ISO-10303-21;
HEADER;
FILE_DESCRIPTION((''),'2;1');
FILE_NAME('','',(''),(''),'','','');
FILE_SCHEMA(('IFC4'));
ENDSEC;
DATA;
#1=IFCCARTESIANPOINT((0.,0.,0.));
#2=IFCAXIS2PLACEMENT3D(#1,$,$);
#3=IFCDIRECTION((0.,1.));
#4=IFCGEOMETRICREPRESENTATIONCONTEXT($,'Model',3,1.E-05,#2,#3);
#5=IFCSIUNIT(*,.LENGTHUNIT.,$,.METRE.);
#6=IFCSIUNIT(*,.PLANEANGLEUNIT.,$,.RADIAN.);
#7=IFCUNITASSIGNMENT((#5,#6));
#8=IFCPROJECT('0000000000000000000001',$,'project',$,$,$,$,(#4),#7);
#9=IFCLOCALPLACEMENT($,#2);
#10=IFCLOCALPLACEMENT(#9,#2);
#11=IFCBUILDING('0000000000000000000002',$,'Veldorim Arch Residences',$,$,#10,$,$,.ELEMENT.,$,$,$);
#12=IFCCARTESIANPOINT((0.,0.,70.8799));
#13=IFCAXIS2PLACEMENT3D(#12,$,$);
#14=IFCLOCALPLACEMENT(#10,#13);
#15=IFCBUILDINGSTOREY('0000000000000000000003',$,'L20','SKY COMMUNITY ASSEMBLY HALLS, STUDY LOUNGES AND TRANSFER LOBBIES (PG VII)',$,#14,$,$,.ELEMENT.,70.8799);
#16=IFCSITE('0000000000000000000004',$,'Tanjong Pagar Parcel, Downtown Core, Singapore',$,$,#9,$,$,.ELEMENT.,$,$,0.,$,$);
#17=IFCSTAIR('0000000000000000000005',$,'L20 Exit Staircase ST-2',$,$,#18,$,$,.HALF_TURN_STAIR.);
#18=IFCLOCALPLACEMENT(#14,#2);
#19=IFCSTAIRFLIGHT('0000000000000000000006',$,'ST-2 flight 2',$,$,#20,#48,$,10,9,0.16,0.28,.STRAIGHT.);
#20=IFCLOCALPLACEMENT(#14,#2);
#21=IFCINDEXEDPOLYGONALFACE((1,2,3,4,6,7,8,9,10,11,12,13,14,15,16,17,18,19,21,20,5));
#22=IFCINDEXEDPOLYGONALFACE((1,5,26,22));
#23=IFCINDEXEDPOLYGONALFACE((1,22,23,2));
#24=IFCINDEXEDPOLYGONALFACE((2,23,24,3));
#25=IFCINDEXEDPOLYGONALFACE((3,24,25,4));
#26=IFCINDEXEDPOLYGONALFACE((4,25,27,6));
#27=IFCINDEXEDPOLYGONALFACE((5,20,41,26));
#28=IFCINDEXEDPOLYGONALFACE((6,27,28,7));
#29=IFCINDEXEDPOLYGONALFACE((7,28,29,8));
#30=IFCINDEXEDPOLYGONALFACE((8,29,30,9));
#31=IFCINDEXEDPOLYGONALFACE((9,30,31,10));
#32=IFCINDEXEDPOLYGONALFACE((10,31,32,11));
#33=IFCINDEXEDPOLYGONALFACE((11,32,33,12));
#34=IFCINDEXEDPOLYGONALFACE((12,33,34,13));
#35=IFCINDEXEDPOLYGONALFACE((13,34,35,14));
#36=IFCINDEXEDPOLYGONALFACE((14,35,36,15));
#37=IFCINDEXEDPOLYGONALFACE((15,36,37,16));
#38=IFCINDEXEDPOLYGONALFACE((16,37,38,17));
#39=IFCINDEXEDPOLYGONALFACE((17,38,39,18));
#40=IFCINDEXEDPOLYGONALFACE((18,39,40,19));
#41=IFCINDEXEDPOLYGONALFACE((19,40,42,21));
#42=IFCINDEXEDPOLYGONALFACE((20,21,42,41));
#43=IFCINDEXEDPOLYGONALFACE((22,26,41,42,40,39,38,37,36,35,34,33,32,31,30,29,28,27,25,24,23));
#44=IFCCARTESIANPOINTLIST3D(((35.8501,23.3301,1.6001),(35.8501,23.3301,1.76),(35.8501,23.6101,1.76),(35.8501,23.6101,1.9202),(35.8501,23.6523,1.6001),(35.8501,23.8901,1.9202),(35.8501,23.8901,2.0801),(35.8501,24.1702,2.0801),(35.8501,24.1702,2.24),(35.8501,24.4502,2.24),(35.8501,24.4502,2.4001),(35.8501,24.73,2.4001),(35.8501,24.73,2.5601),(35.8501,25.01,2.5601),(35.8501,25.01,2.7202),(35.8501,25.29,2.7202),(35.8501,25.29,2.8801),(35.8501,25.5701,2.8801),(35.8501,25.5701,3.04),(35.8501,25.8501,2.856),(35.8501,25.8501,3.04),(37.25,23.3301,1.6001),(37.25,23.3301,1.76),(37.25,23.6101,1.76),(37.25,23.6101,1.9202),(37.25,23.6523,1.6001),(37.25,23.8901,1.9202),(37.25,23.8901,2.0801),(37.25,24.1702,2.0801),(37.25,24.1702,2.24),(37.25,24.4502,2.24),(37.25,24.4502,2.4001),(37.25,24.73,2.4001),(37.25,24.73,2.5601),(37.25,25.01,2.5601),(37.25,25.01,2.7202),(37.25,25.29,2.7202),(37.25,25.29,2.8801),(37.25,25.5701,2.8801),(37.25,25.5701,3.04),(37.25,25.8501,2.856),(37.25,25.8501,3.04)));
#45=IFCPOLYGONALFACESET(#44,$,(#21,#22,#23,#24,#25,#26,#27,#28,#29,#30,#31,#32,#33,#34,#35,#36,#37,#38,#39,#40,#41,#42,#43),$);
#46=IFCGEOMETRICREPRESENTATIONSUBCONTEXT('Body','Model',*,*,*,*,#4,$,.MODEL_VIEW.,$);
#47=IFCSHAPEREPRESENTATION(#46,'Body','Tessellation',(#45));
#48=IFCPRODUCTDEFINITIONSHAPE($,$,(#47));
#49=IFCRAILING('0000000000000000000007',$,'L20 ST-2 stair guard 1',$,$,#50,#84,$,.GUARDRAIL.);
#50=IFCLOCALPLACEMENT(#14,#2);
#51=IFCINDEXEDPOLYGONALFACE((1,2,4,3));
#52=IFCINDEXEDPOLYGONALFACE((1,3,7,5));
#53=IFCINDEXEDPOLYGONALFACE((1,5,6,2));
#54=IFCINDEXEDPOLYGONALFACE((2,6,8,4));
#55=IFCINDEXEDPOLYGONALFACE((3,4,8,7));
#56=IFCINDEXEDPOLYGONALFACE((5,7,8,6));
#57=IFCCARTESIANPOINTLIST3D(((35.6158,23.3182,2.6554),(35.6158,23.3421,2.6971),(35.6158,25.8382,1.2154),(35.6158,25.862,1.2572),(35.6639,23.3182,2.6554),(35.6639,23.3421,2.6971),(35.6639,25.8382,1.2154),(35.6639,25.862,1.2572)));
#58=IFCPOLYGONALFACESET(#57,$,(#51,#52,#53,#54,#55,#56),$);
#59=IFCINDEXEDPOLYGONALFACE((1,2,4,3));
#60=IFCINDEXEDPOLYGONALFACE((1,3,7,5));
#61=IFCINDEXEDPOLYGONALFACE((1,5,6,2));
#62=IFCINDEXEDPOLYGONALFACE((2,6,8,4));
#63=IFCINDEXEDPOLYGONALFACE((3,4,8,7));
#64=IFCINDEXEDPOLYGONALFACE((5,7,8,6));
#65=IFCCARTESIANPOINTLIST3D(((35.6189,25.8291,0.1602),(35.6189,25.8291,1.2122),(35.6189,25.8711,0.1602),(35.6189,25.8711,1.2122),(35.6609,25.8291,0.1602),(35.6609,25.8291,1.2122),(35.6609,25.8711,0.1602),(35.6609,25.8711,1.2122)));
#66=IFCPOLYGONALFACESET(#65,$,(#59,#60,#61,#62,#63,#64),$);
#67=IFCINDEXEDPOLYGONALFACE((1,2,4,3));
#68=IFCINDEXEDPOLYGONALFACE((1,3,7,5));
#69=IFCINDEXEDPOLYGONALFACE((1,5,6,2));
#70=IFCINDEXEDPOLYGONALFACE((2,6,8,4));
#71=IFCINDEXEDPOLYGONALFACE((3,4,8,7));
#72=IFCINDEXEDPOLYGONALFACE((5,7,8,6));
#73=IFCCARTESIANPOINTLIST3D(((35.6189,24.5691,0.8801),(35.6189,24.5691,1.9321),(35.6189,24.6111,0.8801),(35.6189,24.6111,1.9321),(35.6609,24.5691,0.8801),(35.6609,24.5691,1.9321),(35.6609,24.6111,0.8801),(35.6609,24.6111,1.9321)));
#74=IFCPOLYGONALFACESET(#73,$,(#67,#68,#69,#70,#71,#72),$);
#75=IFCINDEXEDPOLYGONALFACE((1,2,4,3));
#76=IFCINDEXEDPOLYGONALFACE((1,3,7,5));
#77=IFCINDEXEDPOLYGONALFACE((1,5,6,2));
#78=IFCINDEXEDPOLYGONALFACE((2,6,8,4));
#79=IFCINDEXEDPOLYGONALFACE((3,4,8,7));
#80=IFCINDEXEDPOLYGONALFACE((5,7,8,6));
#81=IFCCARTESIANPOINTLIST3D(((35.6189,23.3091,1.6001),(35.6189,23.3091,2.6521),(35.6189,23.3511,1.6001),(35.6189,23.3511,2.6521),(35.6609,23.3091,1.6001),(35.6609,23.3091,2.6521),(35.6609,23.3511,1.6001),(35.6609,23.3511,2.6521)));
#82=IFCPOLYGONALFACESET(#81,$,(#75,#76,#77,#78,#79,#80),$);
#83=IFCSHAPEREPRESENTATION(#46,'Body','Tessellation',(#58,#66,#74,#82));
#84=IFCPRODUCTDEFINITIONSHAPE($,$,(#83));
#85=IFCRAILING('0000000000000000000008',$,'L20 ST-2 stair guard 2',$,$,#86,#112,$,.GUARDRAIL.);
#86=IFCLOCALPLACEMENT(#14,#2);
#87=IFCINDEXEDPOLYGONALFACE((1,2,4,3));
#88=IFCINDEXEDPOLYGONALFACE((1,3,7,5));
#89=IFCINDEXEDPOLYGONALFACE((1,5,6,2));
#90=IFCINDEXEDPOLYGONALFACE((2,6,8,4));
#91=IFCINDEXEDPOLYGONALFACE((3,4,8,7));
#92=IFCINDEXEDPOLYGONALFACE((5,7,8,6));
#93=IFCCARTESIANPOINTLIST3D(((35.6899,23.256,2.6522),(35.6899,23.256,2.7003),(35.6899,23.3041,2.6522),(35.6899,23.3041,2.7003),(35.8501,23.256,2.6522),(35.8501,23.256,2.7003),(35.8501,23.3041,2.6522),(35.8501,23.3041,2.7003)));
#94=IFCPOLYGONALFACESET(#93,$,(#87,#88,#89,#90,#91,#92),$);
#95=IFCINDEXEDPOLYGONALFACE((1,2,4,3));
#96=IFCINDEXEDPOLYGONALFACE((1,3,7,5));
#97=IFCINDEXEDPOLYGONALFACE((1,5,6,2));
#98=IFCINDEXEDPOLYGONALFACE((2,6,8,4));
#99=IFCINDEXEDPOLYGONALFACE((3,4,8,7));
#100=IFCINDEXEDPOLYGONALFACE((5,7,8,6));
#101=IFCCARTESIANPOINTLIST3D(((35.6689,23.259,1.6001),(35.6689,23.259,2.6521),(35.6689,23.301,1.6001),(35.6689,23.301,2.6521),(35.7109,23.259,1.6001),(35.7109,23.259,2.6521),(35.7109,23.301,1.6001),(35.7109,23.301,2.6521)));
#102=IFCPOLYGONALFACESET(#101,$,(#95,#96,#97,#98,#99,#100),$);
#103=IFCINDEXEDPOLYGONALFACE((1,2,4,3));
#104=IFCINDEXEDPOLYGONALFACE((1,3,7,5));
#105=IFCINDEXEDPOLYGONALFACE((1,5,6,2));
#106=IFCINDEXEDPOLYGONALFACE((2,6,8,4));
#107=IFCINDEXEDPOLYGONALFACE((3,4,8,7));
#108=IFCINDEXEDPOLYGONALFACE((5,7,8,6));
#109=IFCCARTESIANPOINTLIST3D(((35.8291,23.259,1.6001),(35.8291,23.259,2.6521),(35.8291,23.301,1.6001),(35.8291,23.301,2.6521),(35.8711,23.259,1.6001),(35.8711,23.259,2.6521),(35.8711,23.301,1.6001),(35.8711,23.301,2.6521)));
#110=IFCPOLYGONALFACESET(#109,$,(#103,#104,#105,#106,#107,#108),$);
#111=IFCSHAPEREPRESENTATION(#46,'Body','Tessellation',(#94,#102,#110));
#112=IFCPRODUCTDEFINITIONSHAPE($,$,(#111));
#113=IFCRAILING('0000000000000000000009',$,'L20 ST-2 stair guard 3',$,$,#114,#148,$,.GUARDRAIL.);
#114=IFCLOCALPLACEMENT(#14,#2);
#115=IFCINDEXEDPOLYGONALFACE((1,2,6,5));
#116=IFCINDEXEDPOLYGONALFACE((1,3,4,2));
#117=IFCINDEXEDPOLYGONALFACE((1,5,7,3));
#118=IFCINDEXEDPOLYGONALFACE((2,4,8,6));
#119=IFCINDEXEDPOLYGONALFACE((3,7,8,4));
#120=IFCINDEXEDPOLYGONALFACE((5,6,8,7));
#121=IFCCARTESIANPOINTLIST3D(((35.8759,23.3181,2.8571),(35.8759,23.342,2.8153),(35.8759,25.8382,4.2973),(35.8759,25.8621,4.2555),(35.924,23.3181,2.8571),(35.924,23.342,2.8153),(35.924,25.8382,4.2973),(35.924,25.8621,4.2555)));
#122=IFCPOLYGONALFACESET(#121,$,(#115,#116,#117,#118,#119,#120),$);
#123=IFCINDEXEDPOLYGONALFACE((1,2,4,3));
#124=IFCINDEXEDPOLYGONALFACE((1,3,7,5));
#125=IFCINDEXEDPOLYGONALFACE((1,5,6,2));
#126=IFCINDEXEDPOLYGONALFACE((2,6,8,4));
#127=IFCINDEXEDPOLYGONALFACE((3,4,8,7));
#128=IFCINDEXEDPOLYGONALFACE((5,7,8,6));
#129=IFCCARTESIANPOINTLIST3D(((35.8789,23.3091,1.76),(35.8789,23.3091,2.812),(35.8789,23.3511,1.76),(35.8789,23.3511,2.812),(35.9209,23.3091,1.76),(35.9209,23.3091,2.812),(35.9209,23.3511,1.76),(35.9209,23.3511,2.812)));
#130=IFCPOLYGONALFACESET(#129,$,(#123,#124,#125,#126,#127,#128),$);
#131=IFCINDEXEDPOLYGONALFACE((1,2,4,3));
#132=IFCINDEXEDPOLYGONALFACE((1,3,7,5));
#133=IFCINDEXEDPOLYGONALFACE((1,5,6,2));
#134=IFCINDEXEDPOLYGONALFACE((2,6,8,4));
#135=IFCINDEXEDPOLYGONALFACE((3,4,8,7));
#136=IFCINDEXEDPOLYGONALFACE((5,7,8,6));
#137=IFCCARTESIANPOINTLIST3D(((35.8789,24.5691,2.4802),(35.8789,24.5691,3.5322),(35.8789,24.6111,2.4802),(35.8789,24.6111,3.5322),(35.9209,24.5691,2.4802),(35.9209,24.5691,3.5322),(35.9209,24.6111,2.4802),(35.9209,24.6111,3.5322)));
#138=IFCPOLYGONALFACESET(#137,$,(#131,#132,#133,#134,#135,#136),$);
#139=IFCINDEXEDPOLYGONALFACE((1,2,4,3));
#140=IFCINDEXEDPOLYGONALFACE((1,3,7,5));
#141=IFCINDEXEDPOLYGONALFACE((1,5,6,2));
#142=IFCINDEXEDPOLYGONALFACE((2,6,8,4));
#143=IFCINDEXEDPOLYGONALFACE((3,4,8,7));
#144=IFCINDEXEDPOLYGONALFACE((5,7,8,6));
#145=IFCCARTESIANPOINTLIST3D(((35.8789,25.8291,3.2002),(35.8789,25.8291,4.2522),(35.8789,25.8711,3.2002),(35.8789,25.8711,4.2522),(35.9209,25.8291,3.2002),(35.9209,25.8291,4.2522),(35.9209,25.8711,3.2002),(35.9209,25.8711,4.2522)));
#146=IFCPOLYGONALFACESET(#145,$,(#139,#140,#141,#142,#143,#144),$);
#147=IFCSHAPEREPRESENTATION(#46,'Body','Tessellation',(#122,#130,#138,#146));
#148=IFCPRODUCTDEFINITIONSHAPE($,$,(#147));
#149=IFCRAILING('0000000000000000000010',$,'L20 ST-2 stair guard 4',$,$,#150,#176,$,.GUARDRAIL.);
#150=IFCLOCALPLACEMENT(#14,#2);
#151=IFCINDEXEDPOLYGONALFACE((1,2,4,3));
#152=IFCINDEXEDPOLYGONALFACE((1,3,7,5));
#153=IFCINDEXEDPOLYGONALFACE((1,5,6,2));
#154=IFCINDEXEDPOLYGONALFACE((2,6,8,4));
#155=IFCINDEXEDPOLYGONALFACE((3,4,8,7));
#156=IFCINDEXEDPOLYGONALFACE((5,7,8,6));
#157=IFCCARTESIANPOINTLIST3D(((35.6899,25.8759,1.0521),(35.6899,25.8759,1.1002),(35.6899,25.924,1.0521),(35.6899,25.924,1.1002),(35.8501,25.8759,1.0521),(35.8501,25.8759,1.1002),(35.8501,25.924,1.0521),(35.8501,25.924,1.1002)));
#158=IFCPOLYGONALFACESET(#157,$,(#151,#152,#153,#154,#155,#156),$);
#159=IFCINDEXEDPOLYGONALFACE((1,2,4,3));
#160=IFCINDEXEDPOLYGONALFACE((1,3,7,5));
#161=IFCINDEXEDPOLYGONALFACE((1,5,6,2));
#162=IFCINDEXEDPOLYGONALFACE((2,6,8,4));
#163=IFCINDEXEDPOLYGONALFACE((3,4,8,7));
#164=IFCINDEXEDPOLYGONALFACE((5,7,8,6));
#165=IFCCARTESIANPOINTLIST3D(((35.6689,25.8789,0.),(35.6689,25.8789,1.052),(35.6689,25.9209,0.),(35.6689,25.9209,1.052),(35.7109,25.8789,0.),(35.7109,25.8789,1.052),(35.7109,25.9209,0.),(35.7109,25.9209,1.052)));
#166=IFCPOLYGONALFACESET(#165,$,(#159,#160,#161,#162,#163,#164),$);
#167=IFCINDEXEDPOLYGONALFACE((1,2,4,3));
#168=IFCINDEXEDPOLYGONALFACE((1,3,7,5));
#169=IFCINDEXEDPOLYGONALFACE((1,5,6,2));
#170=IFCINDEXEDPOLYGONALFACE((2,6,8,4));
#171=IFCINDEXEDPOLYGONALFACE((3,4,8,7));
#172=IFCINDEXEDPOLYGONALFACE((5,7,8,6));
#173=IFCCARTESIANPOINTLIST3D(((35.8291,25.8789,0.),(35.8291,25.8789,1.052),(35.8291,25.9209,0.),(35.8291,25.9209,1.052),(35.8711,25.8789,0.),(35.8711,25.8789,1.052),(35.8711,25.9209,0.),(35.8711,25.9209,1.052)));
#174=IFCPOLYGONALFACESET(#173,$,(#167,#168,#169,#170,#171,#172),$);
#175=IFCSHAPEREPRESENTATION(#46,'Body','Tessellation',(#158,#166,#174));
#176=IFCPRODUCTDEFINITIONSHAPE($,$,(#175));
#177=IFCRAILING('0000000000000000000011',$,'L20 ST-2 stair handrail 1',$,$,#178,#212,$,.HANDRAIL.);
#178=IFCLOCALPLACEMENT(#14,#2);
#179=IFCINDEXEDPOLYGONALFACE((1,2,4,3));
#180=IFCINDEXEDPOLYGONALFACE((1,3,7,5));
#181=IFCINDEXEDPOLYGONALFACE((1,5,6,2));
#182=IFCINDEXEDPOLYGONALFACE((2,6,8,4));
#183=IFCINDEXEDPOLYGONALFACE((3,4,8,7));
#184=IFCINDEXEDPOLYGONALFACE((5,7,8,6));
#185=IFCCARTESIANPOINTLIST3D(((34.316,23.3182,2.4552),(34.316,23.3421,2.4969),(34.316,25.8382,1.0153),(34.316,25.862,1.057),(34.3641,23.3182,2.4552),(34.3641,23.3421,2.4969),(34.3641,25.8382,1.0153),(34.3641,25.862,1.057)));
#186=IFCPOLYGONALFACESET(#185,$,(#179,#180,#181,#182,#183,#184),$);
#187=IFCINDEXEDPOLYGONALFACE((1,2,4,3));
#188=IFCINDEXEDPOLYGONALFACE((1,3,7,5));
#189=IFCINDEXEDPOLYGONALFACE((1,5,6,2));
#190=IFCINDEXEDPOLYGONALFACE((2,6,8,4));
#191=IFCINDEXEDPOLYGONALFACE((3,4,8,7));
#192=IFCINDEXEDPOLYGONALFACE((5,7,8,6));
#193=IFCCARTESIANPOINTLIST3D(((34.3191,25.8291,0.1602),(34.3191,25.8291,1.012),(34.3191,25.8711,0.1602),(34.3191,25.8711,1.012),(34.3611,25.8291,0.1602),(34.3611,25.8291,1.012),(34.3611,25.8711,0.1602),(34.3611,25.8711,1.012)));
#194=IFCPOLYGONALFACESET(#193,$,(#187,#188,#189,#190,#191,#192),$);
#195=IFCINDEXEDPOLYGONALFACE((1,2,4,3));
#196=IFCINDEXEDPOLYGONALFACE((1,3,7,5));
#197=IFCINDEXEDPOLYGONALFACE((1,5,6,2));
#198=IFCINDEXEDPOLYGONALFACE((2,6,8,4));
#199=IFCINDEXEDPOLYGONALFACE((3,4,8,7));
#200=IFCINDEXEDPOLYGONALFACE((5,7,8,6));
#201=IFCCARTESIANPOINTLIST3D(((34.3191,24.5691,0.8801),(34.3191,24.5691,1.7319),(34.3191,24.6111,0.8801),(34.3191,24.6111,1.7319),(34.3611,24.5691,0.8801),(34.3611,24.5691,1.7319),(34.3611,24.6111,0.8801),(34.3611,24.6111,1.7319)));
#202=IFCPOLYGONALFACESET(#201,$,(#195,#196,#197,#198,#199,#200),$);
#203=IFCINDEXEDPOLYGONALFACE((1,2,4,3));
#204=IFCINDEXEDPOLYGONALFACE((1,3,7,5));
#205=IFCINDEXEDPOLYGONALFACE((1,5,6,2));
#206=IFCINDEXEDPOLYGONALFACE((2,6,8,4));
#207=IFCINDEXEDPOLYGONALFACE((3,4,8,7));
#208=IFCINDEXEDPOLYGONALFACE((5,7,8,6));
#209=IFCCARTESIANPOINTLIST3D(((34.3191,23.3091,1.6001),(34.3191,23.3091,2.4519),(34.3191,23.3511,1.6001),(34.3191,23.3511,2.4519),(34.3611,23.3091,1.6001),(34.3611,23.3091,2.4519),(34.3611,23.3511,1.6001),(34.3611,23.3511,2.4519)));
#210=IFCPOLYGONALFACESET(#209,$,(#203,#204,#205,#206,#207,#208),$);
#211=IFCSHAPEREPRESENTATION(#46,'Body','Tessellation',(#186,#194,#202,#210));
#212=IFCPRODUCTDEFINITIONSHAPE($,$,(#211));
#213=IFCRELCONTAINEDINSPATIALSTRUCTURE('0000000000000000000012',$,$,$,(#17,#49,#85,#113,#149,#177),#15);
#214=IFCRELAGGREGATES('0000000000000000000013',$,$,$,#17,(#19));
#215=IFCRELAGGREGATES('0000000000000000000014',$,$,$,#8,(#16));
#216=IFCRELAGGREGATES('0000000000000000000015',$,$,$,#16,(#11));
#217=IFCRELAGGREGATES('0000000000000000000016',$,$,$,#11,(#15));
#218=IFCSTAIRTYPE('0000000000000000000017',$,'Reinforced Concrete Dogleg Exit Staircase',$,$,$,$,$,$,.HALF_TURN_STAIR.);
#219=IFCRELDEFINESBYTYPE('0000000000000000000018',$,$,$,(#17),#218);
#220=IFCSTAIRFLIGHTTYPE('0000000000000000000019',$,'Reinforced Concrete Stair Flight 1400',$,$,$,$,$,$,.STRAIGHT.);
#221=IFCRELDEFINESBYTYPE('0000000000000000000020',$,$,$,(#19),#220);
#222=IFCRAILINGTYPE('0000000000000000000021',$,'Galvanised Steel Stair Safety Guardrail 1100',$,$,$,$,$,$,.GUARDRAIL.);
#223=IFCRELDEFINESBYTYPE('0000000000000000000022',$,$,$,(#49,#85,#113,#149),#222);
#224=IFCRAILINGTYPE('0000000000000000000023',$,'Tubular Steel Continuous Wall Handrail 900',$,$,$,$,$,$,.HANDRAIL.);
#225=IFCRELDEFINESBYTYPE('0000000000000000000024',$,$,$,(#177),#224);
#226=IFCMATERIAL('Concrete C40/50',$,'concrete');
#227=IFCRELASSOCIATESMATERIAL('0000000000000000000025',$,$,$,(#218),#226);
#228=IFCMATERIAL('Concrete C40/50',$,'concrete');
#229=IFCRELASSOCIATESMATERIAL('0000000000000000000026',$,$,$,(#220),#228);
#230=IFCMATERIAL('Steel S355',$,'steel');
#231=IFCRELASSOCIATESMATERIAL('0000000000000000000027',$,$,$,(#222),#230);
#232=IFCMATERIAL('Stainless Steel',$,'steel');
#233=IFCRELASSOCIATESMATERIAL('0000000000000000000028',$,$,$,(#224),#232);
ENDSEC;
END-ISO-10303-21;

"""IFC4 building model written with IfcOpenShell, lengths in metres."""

from ifc_helpers import new_model, si_unit, direction, frame, origin, origin_2d, place, context, subcontext, project, spatial, polyline, rectangle, outline, extrude, material, type_object, element, aggregate, save


model = new_model("IFC4")

# Units and contexts
model_context = context("Model", 3, precision=1e-05, world=origin(), true_north=direction((0.0, 1.0)))
body_context = subcontext(model_context, "Body", "Model", "MODEL_VIEW")
ifc_project = project(units=[si_unit("LENGTHUNIT", "METRE"), si_unit("PLANEANGLEUNIT", "RADIAN")], contexts=[model_context])

# Site, building, storey
site_placement = place(None, origin())
site = spatial("IfcSite", under=ifc_project, at=site_placement, Name="Tanjong Pagar Parcel, Downtown Core, Singapore", CompositionType="ELEMENT", RefElevation=0.0)
building_placement = place(site_placement, origin())
building = spatial("IfcBuilding", under=site, at=building_placement, Name="Veldorim Arch Residences", CompositionType="ELEMENT")
storey_placement = place(building_placement, frame((0.0, 0.0, 70.8799)))
storey = spatial("IfcBuildingStorey", under=building, at=storey_placement, Name="L20", Description="SKY COMMUNITY ASSEMBLY HALLS, STUDY LOUNGES AND TRANSFER LOBBIES (PG VII)", CompositionType="ELEMENT", Elevation=70.8799)

# Stair, stair flight
ifc_material_1 = material(Name="Concrete C40/50", Category="concrete")
stair_type = type_object("IfcStairType", Name="Reinforced Concrete Dogleg Exit Staircase", PredefinedType="HALF_TURN_STAIR", material=ifc_material_1)
stair_placement = place(storey_placement, origin())
stair = element("IfcStair", 1, at=stair_placement, inside=storey, type_object=stair_type, Name="L20 Exit Staircase ST-2", PredefinedType="HALF_TURN_STAIR")
ifc_material_2 = material(Name="Concrete C40/50", Category="concrete")
stair_flight_type = type_object("IfcStairFlightType", Name="Reinforced Concrete Stair Flight 1400", PredefinedType="STRAIGHT", material=ifc_material_2)
stair_flight_1_placement = place(storey_placement, frame((36.55, 23.3301, 1.6001), z_axis=(0.0, 0.0, 1.0), x_axis=(0.0, 1.0, 0.0)))
stair_flight_1 = element("IfcStairFlight", 2, at=stair_flight_1_placement, type_object=stair_flight_type, Name="ST-2 flight 2", NumberOfRisers=10, NumberOfTreads=9, PredefinedType="STRAIGHT", RiserHeight=0.16, TreadLength=0.28, context=body_context, shape_type="SweptSolid", body=[
    extrude(outline(polyline([(0.0, 0.0), (0.0, 0.1599), (0.28, 0.1599), (0.28, 0.3201), (0.5601, 0.3201), (0.5601, 0.48), (0.8401, 0.48), (0.8401, 0.6399), (1.1201, 0.6399), (1.1201, 0.8), (1.3999, 0.8), (1.3999, 0.96), (1.6799, 0.96), (1.6799, 1.1201), (1.96, 1.1201), (1.96, 1.28), (2.24, 1.28), (2.24, 1.4399), (2.52, 1.4399), (2.52, 1.6001), (2.52, 1.2559), (0.3223, 0.0), (0.0, 0.0)])), frame((0.0, 0.7, 0.0), z_axis=(0.0, -1.0, 0.0), x_axis=(1.0, 0.0, 0.0)), (0.0, 0.0, 1.0), 1.3999),
])
aggregate(stair, [stair_flight_1])

# Railings
ifc_material_3 = material(Name="Steel S355", Category="steel")
railing_type_1 = type_object("IfcRailingType", Name="Galvanised Steel Stair Safety Guardrail 1100", PredefinedType="GUARDRAIL", material=ifc_material_3)
railing_1_placement = place(storey_placement, frame((35.6399, 25.8501, 0.1602)))
element("IfcRailing", 3, at=railing_1_placement, inside=storey, type_object=railing_type_1, Name="L20 ST-2 stair guard 1", PredefinedType="GUARDRAIL", context=body_context, shape_type="SweptSolid", body=[
    extrude(rectangle(XDim=0.0481, YDim=0.0481, at=origin_2d()), frame((0.0, 0.0, 1.0762), z_axis=(0.0, -0.868253, 0.496121), x_axis=(1.0, 0.0, 0.0)), (0.0, 0.0, 1.0), 2.9023),
    extrude(rectangle(XDim=0.042, YDim=0.042, at=origin_2d()), origin(), (0.0, 0.0, 1.0), 1.052),
    extrude(rectangle(XDim=0.042, YDim=0.042, at=origin_2d()), frame((0.0, -1.26, 0.72)), (0.0, 0.0, 1.0), 1.052),
    extrude(rectangle(XDim=0.042, YDim=0.042, at=origin_2d()), frame((0.0, -2.52, 1.4399)), (0.0, 0.0, 1.0), 1.052),
])
railing_2_placement = place(storey_placement, frame((35.6899, 23.28, 1.6001)))
element("IfcRailing", 4, at=railing_2_placement, inside=storey, type_object=railing_type_1, Name="L20 ST-2 stair guard 2", PredefinedType="GUARDRAIL", context=body_context, shape_type="SweptSolid", body=[
    extrude(rectangle(XDim=0.0481, YDim=0.0481, at=origin_2d()), frame((0.0, 0.0, 1.0762), z_axis=(1.0, 0.0, 0.0), x_axis=(0.0, 1.0, 0.0)), (0.0, 0.0, 1.0), 0.1602),
    extrude(rectangle(XDim=0.042, YDim=0.042, at=origin_2d()), origin(), (0.0, 0.0, 1.0), 1.052),
    extrude(rectangle(XDim=0.042, YDim=0.042, at=origin_2d()), frame((0.1602, 0.0, 0.0)), (0.0, 0.0, 1.0), 1.052),
])
railing_3_placement = place(storey_placement, frame((35.8999, 23.3301, 1.76)))
element("IfcRailing", 5, at=railing_3_placement, inside=storey, type_object=railing_type_1, Name="L20 ST-2 stair guard 3", PredefinedType="GUARDRAIL", context=body_context, shape_type="SweptSolid", body=[
    extrude(rectangle(XDim=0.0481, YDim=0.0481, at=origin_2d()), frame((0.0, 0.0, 1.0762), z_axis=(0.0, 0.868217, 0.496184), x_axis=(-1.0, 0.0, 0.0)), (0.0, 0.0, 1.0), 2.9026),
    extrude(rectangle(XDim=0.042, YDim=0.042, at=origin_2d()), origin(), (0.0, 0.0, 1.0), 1.052),
    extrude(rectangle(XDim=0.042, YDim=0.042, at=origin_2d()), frame((0.0, 1.26, 0.7202)), (0.0, 0.0, 1.0), 1.052),
    extrude(rectangle(XDim=0.042, YDim=0.042, at=origin_2d()), frame((0.0, 2.52, 1.4402)), (0.0, 0.0, 1.0), 1.052),
])
railing_4_placement = place(storey_placement, frame((35.6899, 25.8999, 0.0)))
element("IfcRailing", 6, at=railing_4_placement, inside=storey, type_object=railing_type_1, Name="L20 ST-2 stair guard 4", PredefinedType="GUARDRAIL", context=body_context, shape_type="SweptSolid", body=[
    extrude(rectangle(XDim=0.0481, YDim=0.0481, at=origin_2d()), frame((0.0, 0.0, 1.0762), z_axis=(1.0, 0.0, 0.0), x_axis=(0.0, 1.0, 0.0)), (0.0, 0.0, 1.0), 0.1602),
    extrude(rectangle(XDim=0.042, YDim=0.042, at=origin_2d()), origin(), (0.0, 0.0, 1.0), 1.052),
    extrude(rectangle(XDim=0.042, YDim=0.042, at=origin_2d()), frame((0.1602, 0.0, 0.0)), (0.0, 0.0, 1.0), 1.052),
])
ifc_material_4 = material(Name="Stainless Steel", Category="steel")
railing_type_2 = type_object("IfcRailingType", Name="Tubular Steel Continuous Wall Handrail 900", PredefinedType="HANDRAIL", material=ifc_material_4)
railing_5_placement = place(storey_placement, frame((34.3401, 25.8501, 0.1602)))
element("IfcRailing", 7, at=railing_5_placement, inside=storey, type_object=railing_type_2, Name="L20 ST-2 stair handrail 1", PredefinedType="HANDRAIL", context=body_context, shape_type="SweptSolid", body=[
    extrude(rectangle(XDim=0.0481, YDim=0.0481, at=origin_2d()), frame((0.0, 0.0, 0.876), z_axis=(0.0, -0.868253, 0.496121), x_axis=(1.0, 0.0, 0.0)), (0.0, 0.0, 1.0), 2.9023),
    extrude(rectangle(XDim=0.042, YDim=0.042, at=origin_2d()), origin(), (0.0, 0.0, 1.0), 0.8518),
    extrude(rectangle(XDim=0.042, YDim=0.042, at=origin_2d()), frame((0.0, -1.26, 0.72)), (0.0, 0.0, 1.0), 0.8518),
    extrude(rectangle(XDim=0.042, YDim=0.042, at=origin_2d()), frame((0.0, -2.52, 1.4399)), (0.0, 0.0, 1.0), 0.8518),
])

save(model, "model.ifc")
